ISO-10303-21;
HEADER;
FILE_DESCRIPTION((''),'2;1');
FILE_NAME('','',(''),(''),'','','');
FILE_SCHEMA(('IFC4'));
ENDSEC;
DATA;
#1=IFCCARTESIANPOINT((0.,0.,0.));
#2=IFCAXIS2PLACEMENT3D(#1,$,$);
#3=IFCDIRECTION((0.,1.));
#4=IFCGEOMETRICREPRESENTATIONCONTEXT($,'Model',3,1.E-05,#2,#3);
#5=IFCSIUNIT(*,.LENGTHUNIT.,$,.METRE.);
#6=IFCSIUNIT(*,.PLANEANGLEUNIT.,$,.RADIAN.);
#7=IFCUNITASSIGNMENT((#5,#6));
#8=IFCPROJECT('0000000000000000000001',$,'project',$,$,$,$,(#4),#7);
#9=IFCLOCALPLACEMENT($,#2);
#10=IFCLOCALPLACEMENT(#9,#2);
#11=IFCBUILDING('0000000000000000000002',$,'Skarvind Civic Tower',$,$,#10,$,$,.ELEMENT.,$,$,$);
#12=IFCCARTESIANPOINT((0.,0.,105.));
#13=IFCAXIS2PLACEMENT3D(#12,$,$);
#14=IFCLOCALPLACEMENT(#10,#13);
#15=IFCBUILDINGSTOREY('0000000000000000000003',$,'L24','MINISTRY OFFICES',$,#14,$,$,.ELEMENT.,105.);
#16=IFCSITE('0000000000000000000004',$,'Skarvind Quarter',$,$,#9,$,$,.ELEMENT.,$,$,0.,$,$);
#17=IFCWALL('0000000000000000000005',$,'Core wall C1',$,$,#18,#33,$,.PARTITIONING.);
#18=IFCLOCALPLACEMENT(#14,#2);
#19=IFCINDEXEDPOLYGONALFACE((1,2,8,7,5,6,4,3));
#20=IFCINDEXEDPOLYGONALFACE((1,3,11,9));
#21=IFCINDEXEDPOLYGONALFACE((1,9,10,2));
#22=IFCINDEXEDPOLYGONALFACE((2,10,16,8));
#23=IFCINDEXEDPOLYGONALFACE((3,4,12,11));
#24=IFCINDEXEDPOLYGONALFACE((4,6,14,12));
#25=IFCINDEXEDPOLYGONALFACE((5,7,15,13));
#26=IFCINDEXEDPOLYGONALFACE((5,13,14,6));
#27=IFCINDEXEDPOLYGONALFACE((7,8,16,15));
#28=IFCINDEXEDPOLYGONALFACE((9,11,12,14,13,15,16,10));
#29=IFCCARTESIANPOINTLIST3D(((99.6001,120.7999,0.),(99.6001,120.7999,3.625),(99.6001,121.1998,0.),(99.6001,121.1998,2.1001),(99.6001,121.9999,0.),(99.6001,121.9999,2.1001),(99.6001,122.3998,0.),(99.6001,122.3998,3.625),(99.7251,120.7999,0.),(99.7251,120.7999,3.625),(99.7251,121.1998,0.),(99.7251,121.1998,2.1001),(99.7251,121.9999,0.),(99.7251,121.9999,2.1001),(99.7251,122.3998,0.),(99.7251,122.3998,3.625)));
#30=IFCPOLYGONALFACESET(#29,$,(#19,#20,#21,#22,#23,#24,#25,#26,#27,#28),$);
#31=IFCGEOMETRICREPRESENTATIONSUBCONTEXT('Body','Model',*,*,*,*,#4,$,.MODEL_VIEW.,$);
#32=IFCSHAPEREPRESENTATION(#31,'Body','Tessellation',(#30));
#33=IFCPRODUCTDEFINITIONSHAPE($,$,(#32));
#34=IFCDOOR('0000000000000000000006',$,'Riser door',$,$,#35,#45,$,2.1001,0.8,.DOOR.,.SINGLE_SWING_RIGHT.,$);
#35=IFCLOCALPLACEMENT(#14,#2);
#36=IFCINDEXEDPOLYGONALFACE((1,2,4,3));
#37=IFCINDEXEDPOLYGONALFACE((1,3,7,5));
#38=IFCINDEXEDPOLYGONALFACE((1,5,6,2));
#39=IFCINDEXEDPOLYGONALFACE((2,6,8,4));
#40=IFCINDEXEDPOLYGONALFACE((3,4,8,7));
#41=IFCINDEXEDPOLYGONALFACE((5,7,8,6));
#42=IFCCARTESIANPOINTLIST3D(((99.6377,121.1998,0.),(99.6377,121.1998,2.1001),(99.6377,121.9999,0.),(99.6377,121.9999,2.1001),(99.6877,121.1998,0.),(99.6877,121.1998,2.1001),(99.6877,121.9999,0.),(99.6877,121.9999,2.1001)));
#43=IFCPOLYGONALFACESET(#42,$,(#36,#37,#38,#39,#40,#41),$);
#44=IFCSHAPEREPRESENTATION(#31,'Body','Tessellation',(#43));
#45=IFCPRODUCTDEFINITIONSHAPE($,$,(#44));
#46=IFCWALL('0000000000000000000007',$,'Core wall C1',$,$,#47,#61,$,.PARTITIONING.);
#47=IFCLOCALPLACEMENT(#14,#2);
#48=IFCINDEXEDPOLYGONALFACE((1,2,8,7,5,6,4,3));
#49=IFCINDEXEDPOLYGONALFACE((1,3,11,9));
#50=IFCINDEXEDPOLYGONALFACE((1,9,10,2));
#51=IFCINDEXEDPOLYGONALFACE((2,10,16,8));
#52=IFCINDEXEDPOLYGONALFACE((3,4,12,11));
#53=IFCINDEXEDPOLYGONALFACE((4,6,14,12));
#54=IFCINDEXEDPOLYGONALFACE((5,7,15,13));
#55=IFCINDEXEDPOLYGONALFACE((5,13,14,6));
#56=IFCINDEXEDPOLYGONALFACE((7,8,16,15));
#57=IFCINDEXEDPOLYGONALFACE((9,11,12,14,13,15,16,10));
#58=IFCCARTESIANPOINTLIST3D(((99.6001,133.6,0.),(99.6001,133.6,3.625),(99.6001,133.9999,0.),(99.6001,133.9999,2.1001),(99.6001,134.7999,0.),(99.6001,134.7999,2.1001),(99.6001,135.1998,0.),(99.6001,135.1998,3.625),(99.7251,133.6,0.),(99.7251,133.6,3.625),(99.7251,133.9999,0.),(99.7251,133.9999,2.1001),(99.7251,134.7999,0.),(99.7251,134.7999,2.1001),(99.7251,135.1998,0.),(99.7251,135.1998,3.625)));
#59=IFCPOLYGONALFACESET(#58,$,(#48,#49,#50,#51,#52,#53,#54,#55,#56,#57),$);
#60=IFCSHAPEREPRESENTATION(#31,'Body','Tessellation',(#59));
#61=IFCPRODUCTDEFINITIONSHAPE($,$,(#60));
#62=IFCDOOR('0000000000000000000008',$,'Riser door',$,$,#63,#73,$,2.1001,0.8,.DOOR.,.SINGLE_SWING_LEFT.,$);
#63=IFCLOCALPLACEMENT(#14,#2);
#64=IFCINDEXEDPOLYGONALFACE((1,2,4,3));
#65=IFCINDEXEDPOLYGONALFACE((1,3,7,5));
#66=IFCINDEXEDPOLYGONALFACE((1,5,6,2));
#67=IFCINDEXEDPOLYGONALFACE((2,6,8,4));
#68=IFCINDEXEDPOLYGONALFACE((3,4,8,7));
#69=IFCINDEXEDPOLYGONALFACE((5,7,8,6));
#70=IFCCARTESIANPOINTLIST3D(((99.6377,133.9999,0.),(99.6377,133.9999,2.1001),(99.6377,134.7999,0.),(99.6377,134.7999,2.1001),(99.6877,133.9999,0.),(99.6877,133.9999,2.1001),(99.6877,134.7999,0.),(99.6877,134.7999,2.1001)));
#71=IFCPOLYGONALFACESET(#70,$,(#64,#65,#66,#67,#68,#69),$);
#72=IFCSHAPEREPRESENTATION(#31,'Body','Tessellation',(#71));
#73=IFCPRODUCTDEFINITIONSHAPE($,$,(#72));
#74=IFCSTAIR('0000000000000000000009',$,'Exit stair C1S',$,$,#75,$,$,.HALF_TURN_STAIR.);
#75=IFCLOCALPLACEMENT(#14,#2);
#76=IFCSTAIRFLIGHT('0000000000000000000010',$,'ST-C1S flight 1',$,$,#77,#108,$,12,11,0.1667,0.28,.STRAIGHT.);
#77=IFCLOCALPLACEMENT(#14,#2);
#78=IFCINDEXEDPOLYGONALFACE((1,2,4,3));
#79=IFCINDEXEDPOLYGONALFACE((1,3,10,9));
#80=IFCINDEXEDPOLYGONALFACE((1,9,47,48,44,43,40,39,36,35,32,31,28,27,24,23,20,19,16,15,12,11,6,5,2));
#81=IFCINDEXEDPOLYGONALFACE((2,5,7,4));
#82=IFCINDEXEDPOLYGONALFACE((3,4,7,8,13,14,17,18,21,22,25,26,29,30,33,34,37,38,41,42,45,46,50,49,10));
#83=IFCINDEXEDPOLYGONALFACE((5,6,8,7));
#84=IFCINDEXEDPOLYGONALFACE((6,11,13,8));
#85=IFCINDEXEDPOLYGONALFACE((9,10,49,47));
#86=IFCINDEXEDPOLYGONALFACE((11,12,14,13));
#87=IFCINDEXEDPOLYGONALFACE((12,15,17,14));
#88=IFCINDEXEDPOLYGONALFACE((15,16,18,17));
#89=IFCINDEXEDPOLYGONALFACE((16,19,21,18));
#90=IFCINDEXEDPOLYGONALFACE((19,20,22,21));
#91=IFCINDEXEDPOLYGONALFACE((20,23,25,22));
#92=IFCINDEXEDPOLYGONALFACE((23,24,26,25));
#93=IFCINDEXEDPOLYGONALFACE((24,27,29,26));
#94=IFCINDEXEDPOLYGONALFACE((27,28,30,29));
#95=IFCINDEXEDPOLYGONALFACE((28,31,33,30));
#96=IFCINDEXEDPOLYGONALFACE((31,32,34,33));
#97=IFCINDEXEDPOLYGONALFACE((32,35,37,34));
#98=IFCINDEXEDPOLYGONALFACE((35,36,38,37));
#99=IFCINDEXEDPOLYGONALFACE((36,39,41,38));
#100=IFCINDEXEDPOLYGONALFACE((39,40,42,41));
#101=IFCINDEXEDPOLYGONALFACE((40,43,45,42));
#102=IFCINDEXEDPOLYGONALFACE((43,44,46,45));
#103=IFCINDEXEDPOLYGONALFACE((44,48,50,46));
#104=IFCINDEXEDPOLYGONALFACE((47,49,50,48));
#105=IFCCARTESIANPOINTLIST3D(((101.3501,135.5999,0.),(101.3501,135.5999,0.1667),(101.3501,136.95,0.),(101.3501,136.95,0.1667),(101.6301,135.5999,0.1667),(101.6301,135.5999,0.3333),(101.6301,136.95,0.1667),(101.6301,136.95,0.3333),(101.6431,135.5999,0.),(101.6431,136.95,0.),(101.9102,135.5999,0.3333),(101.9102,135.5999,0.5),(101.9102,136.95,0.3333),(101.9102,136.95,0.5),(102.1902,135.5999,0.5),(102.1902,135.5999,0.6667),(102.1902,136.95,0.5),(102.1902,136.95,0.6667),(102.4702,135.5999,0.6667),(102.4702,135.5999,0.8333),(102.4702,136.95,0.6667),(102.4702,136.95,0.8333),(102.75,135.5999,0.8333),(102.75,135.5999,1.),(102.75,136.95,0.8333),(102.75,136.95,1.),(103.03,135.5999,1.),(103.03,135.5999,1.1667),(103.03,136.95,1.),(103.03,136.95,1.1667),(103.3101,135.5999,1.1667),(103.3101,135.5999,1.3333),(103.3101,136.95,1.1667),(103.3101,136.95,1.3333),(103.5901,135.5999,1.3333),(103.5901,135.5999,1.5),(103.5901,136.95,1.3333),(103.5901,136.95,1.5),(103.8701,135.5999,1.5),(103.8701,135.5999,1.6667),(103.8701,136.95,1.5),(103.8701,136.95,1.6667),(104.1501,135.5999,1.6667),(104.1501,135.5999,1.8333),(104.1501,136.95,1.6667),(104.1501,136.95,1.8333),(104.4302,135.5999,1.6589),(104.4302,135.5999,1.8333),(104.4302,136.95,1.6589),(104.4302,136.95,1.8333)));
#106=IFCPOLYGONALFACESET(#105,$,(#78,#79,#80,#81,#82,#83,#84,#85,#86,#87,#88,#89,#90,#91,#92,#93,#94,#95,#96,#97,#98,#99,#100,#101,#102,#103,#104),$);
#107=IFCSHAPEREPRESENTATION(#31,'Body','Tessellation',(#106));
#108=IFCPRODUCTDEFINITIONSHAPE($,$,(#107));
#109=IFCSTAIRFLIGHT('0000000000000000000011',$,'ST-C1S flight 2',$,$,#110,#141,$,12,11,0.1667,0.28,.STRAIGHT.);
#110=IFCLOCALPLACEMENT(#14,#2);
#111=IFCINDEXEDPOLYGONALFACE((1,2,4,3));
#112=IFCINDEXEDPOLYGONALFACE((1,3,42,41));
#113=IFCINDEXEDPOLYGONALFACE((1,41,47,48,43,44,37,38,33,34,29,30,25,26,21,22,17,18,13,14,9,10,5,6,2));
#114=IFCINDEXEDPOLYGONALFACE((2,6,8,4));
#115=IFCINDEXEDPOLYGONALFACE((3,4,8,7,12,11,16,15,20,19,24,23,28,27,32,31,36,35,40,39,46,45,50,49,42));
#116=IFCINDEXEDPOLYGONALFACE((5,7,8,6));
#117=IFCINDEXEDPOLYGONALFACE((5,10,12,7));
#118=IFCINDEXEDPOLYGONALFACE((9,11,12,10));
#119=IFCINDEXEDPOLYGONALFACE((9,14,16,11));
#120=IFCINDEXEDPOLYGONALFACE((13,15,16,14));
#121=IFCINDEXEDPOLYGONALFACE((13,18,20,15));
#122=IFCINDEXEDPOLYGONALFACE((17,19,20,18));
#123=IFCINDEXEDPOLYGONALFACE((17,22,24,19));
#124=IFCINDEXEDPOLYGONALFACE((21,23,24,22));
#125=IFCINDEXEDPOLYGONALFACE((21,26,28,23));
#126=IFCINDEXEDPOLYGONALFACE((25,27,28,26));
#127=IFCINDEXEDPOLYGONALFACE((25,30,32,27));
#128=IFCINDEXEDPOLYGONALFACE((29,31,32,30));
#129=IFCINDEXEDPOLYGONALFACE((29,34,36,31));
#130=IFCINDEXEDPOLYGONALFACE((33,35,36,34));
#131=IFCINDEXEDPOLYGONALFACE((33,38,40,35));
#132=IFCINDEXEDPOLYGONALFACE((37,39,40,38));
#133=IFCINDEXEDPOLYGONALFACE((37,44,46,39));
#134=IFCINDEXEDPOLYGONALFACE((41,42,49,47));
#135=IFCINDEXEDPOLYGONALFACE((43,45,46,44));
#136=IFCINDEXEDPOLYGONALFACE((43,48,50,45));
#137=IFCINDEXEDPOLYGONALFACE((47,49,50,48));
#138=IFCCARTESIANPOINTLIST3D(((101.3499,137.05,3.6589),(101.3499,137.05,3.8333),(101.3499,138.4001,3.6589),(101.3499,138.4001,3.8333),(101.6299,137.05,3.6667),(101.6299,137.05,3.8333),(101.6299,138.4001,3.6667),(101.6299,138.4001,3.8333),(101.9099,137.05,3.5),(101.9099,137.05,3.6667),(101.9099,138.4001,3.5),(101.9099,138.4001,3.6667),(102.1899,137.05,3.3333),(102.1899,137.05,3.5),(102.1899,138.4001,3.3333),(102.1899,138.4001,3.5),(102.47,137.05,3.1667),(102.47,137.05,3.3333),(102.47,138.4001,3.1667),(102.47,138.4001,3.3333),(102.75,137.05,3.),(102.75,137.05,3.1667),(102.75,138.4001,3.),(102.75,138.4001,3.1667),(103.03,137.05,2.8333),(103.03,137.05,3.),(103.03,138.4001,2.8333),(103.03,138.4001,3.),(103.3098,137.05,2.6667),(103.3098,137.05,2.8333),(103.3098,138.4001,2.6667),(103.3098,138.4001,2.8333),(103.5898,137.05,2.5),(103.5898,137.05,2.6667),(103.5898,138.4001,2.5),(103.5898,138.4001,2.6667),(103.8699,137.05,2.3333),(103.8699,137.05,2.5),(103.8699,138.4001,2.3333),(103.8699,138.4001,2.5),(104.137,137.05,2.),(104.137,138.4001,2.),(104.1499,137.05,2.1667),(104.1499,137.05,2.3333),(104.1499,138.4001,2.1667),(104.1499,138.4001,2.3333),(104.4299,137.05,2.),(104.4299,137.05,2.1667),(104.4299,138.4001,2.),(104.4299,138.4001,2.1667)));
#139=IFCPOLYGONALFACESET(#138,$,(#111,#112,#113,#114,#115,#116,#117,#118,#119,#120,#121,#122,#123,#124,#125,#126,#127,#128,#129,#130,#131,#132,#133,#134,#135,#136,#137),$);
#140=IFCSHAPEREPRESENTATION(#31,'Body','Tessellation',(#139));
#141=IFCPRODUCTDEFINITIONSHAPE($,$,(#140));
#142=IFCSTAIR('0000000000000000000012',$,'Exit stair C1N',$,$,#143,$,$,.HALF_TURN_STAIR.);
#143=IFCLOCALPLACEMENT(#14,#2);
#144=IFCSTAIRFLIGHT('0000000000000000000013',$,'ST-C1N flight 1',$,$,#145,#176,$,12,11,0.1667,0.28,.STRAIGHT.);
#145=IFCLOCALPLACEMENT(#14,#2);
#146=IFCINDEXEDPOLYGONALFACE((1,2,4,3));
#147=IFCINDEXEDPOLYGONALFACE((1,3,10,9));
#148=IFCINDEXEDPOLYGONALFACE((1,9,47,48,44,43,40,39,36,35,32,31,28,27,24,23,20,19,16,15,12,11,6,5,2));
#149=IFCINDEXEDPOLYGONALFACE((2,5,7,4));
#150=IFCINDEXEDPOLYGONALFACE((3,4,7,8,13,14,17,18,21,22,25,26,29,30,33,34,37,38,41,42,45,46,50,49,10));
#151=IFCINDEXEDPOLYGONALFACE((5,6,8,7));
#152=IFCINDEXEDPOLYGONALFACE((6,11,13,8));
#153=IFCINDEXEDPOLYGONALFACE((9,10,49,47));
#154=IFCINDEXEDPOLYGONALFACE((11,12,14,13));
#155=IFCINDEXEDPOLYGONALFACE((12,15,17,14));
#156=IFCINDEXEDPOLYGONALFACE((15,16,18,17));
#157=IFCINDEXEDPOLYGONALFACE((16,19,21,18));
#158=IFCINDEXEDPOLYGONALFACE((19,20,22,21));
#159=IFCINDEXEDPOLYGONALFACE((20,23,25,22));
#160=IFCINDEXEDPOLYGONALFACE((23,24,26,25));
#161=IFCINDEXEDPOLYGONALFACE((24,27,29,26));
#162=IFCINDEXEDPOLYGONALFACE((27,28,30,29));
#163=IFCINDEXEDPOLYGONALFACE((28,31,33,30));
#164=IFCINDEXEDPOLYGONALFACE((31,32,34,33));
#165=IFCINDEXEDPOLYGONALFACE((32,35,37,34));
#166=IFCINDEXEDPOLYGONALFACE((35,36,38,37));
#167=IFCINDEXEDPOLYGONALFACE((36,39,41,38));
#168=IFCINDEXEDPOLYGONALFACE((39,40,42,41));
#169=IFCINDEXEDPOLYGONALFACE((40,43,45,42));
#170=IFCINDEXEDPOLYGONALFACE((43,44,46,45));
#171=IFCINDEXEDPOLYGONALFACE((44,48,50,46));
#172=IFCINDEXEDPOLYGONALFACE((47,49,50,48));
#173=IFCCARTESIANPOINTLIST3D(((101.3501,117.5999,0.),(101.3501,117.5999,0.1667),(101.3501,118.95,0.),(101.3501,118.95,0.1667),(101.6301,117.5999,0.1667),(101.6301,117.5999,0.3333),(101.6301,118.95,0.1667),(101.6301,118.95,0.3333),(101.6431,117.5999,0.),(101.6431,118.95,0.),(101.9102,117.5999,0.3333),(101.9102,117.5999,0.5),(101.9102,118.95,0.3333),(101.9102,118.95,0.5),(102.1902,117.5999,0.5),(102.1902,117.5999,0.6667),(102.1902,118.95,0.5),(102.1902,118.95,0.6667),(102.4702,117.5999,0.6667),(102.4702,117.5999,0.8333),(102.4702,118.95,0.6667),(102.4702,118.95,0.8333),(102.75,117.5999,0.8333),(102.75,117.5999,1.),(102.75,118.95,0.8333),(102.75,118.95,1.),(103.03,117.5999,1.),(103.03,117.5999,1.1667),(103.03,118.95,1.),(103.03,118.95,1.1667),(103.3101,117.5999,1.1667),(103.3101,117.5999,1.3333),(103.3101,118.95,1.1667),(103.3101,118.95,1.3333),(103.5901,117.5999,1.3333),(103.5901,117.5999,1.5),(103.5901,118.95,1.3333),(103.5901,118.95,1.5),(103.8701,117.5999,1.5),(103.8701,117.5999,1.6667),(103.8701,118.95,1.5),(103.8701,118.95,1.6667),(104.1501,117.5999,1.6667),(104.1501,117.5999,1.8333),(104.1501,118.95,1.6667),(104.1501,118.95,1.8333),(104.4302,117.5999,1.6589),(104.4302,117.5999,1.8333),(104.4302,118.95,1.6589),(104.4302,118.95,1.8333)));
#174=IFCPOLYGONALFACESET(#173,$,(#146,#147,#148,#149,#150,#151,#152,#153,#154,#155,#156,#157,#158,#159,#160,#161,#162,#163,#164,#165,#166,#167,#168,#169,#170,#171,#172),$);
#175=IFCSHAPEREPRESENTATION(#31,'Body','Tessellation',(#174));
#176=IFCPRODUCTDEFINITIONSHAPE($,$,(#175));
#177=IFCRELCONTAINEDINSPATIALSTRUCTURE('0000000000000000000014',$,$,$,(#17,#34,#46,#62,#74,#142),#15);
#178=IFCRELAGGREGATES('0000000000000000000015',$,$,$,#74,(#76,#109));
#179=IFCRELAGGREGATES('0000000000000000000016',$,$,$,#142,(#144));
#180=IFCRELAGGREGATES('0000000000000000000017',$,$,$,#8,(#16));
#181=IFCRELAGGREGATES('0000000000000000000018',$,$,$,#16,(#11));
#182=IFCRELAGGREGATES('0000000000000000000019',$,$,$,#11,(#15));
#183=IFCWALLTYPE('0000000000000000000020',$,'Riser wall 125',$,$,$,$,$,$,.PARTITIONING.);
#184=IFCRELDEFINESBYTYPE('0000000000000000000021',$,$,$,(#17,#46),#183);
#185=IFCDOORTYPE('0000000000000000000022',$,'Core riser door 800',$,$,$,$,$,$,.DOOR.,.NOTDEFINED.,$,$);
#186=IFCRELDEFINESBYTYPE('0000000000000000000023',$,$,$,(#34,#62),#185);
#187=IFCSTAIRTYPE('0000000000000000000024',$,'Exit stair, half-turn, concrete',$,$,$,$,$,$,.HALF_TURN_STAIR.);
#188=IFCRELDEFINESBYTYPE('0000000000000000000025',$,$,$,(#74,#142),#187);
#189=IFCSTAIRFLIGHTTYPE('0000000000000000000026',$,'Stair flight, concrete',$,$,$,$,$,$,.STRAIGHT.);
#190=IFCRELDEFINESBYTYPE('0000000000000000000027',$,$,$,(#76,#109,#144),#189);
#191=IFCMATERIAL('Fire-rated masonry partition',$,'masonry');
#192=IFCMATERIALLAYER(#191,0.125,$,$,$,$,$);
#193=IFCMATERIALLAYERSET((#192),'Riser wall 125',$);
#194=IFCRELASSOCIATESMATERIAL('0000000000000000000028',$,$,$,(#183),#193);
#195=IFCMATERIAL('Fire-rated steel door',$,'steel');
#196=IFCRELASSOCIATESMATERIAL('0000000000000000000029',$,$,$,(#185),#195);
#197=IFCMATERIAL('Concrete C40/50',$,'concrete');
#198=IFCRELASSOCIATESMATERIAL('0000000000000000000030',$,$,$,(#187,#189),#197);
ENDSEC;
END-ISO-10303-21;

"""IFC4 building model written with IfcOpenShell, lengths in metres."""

from ifc_helpers import new_model, si_unit, direction, frame, frame_2d, origin, place, context, subcontext, project, spatial, polyline, rectangle, outline, extrude, material, layer, layer_set, type_object, element, fill, aggregate, save


model = new_model("IFC4")

# Units and contexts
model_context = context("Model", 3, precision=1e-05, world=origin(), true_north=direction((0.0, 1.0)))
body_context = subcontext(model_context, "Body", "Model", "MODEL_VIEW")
ifc_project = project(units=[si_unit("LENGTHUNIT", "METRE"), si_unit("PLANEANGLEUNIT", "RADIAN")], contexts=[model_context])

# Site, building, storey
site_placement = place(None, origin())
site = spatial("IfcSite", under=ifc_project, at=site_placement, Name="Skarvind Quarter", CompositionType="ELEMENT", RefElevation=0.0)
building_placement = place(site_placement, origin())
building = spatial("IfcBuilding", under=site, at=building_placement, Name="Skarvind Civic Tower", CompositionType="ELEMENT")
storey_placement = place(building_placement, frame((0.0, 0.0, 105.0)))
storey = spatial("IfcBuildingStorey", under=building, at=storey_placement, Name="L24", Description="MINISTRY OFFICES", CompositionType="ELEMENT", Elevation=105.0)

# Shared definitions
ifc_material_1 = material(Name="Fire-rated steel door", Category="steel")

# Walls, openings, doors
ifc_material_2 = material(Name="Fire-rated masonry partition", Category="masonry")
ifc_layer_1 = layer(ifc_material_2, 0.125)
ifc_layer_set_1 = layer_set([ifc_layer_1], Name="Riser wall 125")
wall_type_1 = type_object("IfcWallType", Name="Riser wall 125", PredefinedType="PARTITIONING", material=ifc_layer_set_1)
wall_1_placement = place(storey_placement, frame((99.6626, 120.8, 0.0), z_axis=(0.0, 0.0, 1.0), x_axis=(0.0, 1.0, 0.0)))
wall_1 = element("IfcWall", 1, at=wall_1_placement, inside=storey, type_object=wall_type_1, Name="Core wall C1", PredefinedType="PARTITIONING", context=body_context, shape_type="SweptSolid", body=[
    extrude(rectangle(XDim=1.5999, YDim=0.125, at=frame_2d((0.7998, 0.0))), origin(), (0.0, 0.0, 1.0), 3.625),
])
opening_1_placement = place(wall_1_placement, frame((0.3999, 0.0, 0.0)))
opening_1 = element("IfcOpeningElement", 2, at=opening_1_placement, cuts=wall_1, PredefinedType="OPENING", context=body_context, shape_type="SweptSolid", body=[
    extrude(rectangle(XDim=0.8, YDim=2.1001, at=frame_2d((0.3999, 1.05))), frame((0.0, 0.0725, 0.0), z_axis=(0.0, -1.0, 0.0), x_axis=(1.0, 0.0, 0.0)), (0.0, 0.0, 1.0), 0.145),
])
door_type_1 = type_object("IfcDoorType", Name="Core riser door 800", OperationType="NOTDEFINED", PredefinedType="DOOR", material=ifc_material_1)
door_1_placement = place(opening_1_placement, origin())
door_1 = element("IfcDoor", 3, at=door_1_placement, inside=storey, type_object=door_type_1, Name="Riser door", OperationType="SINGLE_SWING_RIGHT", OverallHeight=2.1001, OverallWidth=0.8, PredefinedType="DOOR", context=body_context, shape_type="SweptSolid", body=[
    extrude(rectangle(XDim=0.8, YDim=2.1001, at=frame_2d((0.3999, 1.05))), frame((0.0, 0.0249, 0.0), z_axis=(0.0, -1.0, 0.0), x_axis=(1.0, 0.0, 0.0)), (0.0, 0.0, 1.0), 0.05),
])
fill(opening_1, door_1)
wall_2_placement = place(storey_placement, frame((99.6626, 133.6001, 0.0), z_axis=(0.0, 0.0, 1.0), x_axis=(0.0, 1.0, 0.0)))
wall_2 = element("IfcWall", 4, at=wall_2_placement, inside=storey, type_object=wall_type_1, Name="Core wall C1", PredefinedType="PARTITIONING", context=body_context, shape_type="SweptSolid", body=[
    extrude(rectangle(XDim=1.5999, YDim=0.125, at=frame_2d((0.7998, 0.0))), origin(), (0.0, 0.0, 1.0), 3.625),
])
opening_2_placement = place(wall_2_placement, frame((0.3999, 0.0, 0.0)))
opening_2 = element("IfcOpeningElement", 5, at=opening_2_placement, cuts=wall_2, PredefinedType="OPENING", context=body_context, shape_type="SweptSolid", body=[
    extrude(rectangle(XDim=0.8, YDim=2.1001, at=frame_2d((0.3999, 1.05))), frame((0.0, 0.0725, 0.0), z_axis=(0.0, -1.0, 0.0), x_axis=(1.0, 0.0, 0.0)), (0.0, 0.0, 1.0), 0.145),
])
door_2_placement = place(opening_2_placement, origin())
door_2 = element("IfcDoor", 6, at=door_2_placement, inside=storey, type_object=door_type_1, Name="Riser door", OperationType="SINGLE_SWING_LEFT", OverallHeight=2.1001, OverallWidth=0.8, PredefinedType="DOOR", context=body_context, shape_type="SweptSolid", body=[
    extrude(rectangle(XDim=0.8, YDim=2.1001, at=frame_2d((0.3999, 1.05))), frame((0.0, 0.0249, 0.0), z_axis=(0.0, -1.0, 0.0), x_axis=(1.0, 0.0, 0.0)), (0.0, 0.0, 1.0), 0.05),
])
fill(opening_2, door_2)

# Stair, stair flights
ifc_material_3 = material(Name="Concrete C40/50", Category="concrete")
stair_type = type_object("IfcStairType", Name="Exit stair, half-turn, concrete", PredefinedType="HALF_TURN_STAIR", material=ifc_material_3)
stair_1_placement = place(storey_placement, origin())
stair_1 = element("IfcStair", 7, at=stair_1_placement, inside=storey, type_object=stair_type, Name="Exit stair C1S", PredefinedType="HALF_TURN_STAIR")
stair_flight_type = type_object("IfcStairFlightType", Name="Stair flight, concrete", PredefinedType="STRAIGHT", material=ifc_material_3)
stair_flight_1_placement = place(storey_placement, frame((101.3501, 136.2749, 0.0), z_axis=(0.0, 0.0, 1.0), x_axis=(1.0, 0.0, 0.0)))
stair_flight_1 = element("IfcStairFlight", 8, at=stair_flight_1_placement, type_object=stair_flight_type, Name="ST-C1S flight 1", NumberOfRisers=12, NumberOfTreads=11, PredefinedType="STRAIGHT", RiserHeight=0.1667, TreadLength=0.28, context=body_context, shape_type="SweptSolid", body=[
    extrude(outline(polyline([(0.0, 0.0), (0.0, 0.1667), (0.28, 0.1667), (0.28, 0.3333), (0.5601, 0.3333), (0.5601, 0.5), (0.8401, 0.5), (0.8401, 0.6667), (1.1201, 0.6667), (1.1201, 0.8333), (1.3999, 0.8333), (1.3999, 1.0), (1.6799, 1.0), (1.6799, 1.1667), (1.96, 1.1667), (1.96, 1.3333), (2.24, 1.3333), (2.24, 1.5), (2.52, 1.5), (2.52, 1.6667), (2.8, 1.6667), (2.8, 1.8333), (3.0801, 1.8333), (3.0801, 2.0), (3.0801, 1.6589), (0.293, 0.0), (0.0, 0.0)])), frame((0.0, 0.675, 0.0), z_axis=(0.0, -1.0, 0.0), x_axis=(1.0, 0.0, 0.0)), (0.0, 0.0, 1.0), 1.3501),
])
stair_flight_2_placement = place(storey_placement, frame((104.4299, 137.7251, 2.0), z_axis=(0.0, 0.0, 1.0), x_axis=(-1.0, 0.0, 0.0)))
stair_flight_2 = element("IfcStairFlight", 9, at=stair_flight_2_placement, type_object=stair_flight_type, Name="ST-C1S flight 2", NumberOfRisers=12, NumberOfTreads=11, PredefinedType="STRAIGHT", RiserHeight=0.1667, TreadLength=0.28, context=body_context, shape_type="SweptSolid", body=[
    extrude(outline(polyline([(0.0, 0.0), (0.0, 0.1667), (0.28, 0.1667), (0.28, 0.3333), (0.5601, 0.3333), (0.5601, 0.5), (0.8401, 0.5), (0.8401, 0.6667), (1.1201, 0.6667), (1.1201, 0.8333), (1.3999, 0.8333), (1.3999, 1.0), (1.6799, 1.0), (1.6799, 1.1667), (1.96, 1.1667), (1.96, 1.3333), (2.24, 1.3333), (2.24, 1.5), (2.52, 1.5), (2.52, 1.6667), (2.8, 1.6667), (2.8, 1.8333), (3.0801, 1.8333), (3.0801, 2.0), (3.0801, 1.6589), (0.293, 0.0), (0.0, 0.0)])), frame((0.0, 0.675, 0.0), z_axis=(0.0, -1.0, 0.0), x_axis=(1.0, 0.0, 0.0)), (0.0, 0.0, 1.0), 1.3501),
])
aggregate(stair_1, [stair_flight_1, stair_flight_2])

# Stair, stair flight
stair_2_placement = place(storey_placement, origin())
stair_2 = element("IfcStair", 10, at=stair_2_placement, inside=storey, type_object=stair_type, Name="Exit stair C1N", PredefinedType="HALF_TURN_STAIR")
stair_flight_3_placement = place(storey_placement, frame((101.3501, 118.2749, 0.0), z_axis=(0.0, 0.0, 1.0), x_axis=(1.0, 0.0, 0.0)))
stair_flight_3 = element("IfcStairFlight", 11, at=stair_flight_3_placement, type_object=stair_flight_type, Name="ST-C1N flight 1", NumberOfRisers=12, NumberOfTreads=11, PredefinedType="STRAIGHT", RiserHeight=0.1667, TreadLength=0.28, context=body_context, shape_type="SweptSolid", body=[
    extrude(outline(polyline([(0.0, 0.0), (0.0, 0.1667), (0.28, 0.1667), (0.28, 0.3333), (0.5601, 0.3333), (0.5601, 0.5), (0.8401, 0.5), (0.8401, 0.6667), (1.1201, 0.6667), (1.1201, 0.8333), (1.3999, 0.8333), (1.3999, 1.0), (1.6799, 1.0), (1.6799, 1.1667), (1.96, 1.1667), (1.96, 1.3333), (2.24, 1.3333), (2.24, 1.5), (2.52, 1.5), (2.52, 1.6667), (2.8, 1.6667), (2.8, 1.8333), (3.0801, 1.8333), (3.0801, 2.0), (3.0801, 1.6589), (0.293, 0.0), (0.0, 0.0)])), frame((0.0, 0.675, 0.0), z_axis=(0.0, -1.0, 0.0), x_axis=(1.0, 0.0, 0.0)), (0.0, 0.0, 1.0), 1.3501),
])
aggregate(stair_2, [stair_flight_3])

save(model, "model.ifc")
